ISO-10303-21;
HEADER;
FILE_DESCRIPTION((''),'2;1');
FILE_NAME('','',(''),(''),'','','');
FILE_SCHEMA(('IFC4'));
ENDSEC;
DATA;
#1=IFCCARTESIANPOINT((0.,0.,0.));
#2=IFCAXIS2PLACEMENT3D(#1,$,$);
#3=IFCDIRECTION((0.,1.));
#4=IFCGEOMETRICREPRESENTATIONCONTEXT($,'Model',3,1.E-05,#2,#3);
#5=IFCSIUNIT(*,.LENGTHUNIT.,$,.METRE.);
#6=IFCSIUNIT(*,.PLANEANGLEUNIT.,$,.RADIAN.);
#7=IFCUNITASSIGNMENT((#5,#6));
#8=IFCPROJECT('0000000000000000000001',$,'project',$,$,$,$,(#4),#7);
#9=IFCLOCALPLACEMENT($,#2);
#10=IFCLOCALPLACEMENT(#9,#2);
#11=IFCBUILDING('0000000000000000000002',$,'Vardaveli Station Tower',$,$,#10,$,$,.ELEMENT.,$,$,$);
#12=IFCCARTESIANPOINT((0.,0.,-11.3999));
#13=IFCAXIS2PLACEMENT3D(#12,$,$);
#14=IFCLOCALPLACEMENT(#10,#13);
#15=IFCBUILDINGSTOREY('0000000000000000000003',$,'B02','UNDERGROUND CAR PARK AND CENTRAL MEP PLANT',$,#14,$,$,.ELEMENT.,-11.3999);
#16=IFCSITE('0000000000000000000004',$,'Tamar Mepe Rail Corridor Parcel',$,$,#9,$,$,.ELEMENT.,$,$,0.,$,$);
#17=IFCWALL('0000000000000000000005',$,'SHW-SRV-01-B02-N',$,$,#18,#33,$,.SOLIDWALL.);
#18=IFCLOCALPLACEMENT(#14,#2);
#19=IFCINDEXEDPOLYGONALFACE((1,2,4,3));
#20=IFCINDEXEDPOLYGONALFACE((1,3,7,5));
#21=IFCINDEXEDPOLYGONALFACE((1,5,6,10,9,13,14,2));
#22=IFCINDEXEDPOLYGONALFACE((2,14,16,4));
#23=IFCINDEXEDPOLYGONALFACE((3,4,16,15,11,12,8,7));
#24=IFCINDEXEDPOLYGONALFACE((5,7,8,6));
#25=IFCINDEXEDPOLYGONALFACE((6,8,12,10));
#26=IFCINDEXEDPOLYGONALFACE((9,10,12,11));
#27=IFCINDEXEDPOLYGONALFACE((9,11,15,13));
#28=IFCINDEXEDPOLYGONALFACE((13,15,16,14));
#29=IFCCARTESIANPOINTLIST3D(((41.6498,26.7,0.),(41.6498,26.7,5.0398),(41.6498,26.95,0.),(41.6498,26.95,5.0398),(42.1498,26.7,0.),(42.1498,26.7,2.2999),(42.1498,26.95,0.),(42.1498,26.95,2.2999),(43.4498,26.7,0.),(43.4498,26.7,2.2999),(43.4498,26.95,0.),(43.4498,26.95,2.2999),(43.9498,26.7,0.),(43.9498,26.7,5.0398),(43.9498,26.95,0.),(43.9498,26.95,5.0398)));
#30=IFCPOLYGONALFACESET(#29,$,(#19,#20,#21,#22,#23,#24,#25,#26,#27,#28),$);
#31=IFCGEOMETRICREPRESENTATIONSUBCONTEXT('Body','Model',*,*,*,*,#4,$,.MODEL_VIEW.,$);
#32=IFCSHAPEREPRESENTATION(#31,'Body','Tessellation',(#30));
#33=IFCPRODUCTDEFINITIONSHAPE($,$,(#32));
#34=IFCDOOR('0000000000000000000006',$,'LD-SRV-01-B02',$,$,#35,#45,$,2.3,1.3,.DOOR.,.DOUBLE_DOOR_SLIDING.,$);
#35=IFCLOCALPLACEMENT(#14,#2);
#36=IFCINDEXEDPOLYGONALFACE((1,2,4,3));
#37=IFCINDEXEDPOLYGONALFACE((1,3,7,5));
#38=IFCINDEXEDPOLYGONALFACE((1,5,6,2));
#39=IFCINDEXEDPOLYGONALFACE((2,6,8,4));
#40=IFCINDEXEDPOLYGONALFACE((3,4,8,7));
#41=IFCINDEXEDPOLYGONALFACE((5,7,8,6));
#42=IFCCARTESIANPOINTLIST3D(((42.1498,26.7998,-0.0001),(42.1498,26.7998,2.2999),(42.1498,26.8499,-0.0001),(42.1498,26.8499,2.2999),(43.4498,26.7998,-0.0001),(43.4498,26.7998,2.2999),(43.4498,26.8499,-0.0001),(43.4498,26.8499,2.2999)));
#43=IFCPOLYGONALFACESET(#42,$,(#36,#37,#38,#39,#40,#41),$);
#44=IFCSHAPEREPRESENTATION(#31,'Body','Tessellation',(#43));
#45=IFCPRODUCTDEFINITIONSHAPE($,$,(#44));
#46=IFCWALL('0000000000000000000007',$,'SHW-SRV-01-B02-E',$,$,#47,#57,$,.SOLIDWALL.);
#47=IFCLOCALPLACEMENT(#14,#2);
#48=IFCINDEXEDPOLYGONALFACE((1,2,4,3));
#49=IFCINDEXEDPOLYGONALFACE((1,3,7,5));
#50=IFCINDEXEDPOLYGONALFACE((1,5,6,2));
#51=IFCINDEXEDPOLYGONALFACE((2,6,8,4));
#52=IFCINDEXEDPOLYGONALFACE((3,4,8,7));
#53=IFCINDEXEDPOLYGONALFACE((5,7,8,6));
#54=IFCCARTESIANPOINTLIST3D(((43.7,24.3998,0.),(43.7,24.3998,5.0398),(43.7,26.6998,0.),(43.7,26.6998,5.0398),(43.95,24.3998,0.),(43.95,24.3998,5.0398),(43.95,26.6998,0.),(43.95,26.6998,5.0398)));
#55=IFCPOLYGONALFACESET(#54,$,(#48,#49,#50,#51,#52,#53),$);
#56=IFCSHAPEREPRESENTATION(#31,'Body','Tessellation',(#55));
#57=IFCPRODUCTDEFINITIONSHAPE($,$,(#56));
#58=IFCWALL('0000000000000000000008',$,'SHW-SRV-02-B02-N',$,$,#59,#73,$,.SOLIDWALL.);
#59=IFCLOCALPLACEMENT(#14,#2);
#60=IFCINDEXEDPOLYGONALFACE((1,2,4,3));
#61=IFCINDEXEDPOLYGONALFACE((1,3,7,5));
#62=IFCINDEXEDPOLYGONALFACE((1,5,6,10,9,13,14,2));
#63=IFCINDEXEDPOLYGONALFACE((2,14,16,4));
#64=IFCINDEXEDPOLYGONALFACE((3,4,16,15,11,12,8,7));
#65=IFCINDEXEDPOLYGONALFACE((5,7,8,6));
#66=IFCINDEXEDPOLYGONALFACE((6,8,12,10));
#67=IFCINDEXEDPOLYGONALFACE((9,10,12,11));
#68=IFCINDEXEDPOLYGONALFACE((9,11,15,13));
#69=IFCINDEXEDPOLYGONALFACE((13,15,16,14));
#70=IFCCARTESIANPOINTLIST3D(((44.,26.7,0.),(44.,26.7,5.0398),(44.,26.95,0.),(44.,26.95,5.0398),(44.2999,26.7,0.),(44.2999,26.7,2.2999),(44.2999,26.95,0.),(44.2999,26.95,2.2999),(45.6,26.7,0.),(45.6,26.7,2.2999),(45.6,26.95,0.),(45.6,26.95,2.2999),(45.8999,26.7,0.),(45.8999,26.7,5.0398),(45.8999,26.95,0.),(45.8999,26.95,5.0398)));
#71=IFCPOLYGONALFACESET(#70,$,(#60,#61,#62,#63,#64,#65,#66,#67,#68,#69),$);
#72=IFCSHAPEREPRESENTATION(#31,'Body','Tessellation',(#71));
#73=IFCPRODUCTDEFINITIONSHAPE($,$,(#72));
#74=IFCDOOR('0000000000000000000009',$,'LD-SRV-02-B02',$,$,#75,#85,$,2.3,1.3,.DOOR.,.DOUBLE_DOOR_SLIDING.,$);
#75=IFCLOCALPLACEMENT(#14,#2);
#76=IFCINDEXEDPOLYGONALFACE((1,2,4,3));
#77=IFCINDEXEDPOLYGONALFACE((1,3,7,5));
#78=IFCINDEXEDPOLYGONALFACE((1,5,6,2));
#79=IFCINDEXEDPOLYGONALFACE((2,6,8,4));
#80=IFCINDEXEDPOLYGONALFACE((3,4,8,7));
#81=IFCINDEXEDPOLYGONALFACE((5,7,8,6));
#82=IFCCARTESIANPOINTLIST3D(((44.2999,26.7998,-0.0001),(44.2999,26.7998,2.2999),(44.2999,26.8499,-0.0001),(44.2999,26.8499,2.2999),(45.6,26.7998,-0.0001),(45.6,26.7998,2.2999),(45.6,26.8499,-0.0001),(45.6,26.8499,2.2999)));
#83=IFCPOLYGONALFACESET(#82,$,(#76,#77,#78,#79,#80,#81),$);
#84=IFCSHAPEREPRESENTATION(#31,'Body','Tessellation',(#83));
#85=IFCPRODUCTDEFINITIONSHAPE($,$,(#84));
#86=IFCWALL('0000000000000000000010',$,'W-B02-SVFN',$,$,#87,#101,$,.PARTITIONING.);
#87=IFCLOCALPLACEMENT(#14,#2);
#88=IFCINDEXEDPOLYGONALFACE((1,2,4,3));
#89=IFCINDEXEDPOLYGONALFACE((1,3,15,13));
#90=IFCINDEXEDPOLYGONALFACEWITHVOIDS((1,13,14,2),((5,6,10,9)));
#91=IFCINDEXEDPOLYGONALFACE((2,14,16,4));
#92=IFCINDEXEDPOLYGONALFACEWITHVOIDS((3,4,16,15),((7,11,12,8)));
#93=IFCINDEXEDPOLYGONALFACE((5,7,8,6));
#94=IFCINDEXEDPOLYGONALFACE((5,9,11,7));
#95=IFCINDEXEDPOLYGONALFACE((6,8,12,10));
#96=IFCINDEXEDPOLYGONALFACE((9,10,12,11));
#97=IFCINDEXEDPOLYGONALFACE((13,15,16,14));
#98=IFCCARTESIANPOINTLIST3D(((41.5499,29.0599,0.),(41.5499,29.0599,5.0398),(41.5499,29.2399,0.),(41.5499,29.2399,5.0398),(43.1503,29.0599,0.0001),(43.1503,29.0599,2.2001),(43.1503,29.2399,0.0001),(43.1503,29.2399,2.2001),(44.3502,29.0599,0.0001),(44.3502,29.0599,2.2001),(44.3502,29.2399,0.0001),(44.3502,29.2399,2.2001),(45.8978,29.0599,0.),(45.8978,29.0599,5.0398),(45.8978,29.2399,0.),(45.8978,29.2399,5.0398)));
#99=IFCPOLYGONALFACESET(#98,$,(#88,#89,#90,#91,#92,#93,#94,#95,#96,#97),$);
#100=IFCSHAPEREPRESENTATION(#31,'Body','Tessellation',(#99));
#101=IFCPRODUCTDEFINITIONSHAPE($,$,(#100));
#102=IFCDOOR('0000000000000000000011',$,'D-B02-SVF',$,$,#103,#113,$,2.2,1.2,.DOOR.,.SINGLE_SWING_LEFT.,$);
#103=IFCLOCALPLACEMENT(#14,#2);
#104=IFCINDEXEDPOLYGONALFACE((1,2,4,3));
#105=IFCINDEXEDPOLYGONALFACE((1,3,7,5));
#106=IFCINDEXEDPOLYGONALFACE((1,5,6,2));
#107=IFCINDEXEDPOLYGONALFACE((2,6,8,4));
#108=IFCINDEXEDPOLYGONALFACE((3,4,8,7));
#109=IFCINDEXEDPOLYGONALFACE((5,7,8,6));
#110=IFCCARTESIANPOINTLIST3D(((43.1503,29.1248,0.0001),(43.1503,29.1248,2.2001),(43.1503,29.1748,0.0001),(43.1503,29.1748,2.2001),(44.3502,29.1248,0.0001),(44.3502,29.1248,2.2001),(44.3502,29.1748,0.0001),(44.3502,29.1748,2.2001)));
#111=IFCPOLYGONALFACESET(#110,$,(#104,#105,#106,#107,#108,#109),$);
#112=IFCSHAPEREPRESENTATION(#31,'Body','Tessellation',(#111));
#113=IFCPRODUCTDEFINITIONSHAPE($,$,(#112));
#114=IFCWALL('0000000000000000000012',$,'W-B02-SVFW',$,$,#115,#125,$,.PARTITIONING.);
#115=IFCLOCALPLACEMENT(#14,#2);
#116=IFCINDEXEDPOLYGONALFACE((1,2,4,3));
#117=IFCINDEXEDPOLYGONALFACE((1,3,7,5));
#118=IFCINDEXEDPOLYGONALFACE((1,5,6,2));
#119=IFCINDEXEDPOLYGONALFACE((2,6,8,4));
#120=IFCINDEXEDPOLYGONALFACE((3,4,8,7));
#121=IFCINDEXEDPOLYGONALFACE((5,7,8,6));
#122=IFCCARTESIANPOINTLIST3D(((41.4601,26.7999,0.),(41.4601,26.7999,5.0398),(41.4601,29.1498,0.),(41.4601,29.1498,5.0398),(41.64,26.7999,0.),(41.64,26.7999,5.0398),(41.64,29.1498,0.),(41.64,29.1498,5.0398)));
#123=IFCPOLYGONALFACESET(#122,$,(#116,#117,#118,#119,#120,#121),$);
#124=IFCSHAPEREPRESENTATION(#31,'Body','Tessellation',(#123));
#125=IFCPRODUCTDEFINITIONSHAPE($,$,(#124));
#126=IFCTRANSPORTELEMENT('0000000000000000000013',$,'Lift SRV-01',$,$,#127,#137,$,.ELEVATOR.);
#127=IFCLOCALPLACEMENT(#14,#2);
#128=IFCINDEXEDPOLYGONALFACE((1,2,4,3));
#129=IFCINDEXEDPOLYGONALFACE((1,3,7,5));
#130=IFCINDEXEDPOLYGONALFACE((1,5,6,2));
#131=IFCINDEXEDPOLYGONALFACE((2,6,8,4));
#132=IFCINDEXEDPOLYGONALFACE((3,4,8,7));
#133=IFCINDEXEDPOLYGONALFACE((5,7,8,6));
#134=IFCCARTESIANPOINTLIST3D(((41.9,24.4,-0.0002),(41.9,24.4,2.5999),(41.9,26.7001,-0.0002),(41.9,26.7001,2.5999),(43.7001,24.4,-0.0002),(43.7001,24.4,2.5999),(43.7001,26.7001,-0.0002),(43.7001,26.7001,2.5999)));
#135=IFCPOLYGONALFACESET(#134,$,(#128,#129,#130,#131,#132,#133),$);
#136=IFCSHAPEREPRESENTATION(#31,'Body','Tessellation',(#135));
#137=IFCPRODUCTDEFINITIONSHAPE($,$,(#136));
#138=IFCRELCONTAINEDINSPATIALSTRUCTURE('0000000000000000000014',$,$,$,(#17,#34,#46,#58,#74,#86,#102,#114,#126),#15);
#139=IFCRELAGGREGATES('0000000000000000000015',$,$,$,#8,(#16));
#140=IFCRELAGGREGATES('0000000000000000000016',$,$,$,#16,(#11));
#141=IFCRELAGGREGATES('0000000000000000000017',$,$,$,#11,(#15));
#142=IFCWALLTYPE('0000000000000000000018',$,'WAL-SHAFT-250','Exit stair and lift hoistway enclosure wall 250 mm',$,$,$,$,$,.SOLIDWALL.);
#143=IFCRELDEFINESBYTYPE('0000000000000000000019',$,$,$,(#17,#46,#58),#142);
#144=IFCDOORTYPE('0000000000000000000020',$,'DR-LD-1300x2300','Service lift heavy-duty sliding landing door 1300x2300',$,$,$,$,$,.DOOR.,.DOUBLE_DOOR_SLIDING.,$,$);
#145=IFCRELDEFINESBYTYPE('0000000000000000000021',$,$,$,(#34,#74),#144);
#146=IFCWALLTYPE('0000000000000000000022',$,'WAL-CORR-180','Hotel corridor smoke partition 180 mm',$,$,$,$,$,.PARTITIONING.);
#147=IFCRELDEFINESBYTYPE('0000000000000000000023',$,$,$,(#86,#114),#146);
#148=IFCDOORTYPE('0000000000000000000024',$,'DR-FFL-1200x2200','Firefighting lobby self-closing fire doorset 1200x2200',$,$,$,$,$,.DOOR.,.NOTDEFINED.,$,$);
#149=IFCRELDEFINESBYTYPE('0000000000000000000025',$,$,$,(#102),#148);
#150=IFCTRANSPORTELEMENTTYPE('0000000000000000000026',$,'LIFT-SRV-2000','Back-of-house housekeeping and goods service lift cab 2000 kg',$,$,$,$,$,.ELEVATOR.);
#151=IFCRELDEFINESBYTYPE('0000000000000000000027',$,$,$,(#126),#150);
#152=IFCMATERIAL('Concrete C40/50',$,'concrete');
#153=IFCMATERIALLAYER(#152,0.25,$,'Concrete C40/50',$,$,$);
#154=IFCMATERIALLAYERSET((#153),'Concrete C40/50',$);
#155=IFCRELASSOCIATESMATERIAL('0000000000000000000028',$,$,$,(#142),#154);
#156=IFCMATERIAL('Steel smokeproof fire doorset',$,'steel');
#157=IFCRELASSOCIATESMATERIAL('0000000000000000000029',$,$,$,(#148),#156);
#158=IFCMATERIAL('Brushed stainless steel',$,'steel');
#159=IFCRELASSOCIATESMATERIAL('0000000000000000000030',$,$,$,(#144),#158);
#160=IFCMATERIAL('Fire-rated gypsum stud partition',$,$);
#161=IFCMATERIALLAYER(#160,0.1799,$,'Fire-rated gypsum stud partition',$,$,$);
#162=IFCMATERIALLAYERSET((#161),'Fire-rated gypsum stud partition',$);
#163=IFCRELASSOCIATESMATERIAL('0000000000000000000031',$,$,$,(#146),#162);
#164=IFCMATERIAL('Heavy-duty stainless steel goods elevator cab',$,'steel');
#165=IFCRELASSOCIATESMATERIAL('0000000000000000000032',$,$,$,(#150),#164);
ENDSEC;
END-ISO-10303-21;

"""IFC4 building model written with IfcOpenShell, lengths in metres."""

from ifc_helpers import new_model, si_unit, direction, frame, frame_2d, origin, origin_2d, place, context, subcontext, project, spatial, rectangle, extrude, source, transform, mapped, material, layer, layer_set, type_object, element, fill, save


model = new_model("IFC4")

# Units and contexts
model_context = context("Model", 3, precision=1e-05, world=origin(), true_north=direction((0.0, 1.0)))
body_context = subcontext(model_context, "Body", "Model", "MODEL_VIEW")
ifc_project = project(units=[si_unit("LENGTHUNIT", "METRE"), si_unit("PLANEANGLEUNIT", "RADIAN")], contexts=[model_context])

# Site, building, storey
site_placement = place(None, origin())
site = spatial("IfcSite", under=ifc_project, at=site_placement, Name="Tamar Mepe Rail Corridor Parcel", CompositionType="ELEMENT", RefElevation=0.0)
building_placement = place(site_placement, origin())
building = spatial("IfcBuilding", under=site, at=building_placement, Name="Vardaveli Station Tower", CompositionType="ELEMENT")
storey_placement = place(building_placement, frame((0.0, 0.0, -11.3999)))
storey = spatial("IfcBuildingStorey", under=building, at=storey_placement, Name="B02", Description="UNDERGROUND CAR PARK AND CENTRAL MEP PLANT", CompositionType="ELEMENT", Elevation=-11.3999)

# Shared definitions
ifc_material_1 = material(Name="Concrete C40/50", Category="concrete")

# Shared definitions
ifc_layer_1 = layer(ifc_material_1, 0.25, Name="Concrete C40/50")
ifc_layer_set_1 = layer_set([ifc_layer_1], Name="Concrete C40/50")
wall_type_1 = type_object("IfcWallType", Name="WAL-SHAFT-250", Description="Exit stair and lift hoistway enclosure wall 250 mm", PredefinedType="SOLIDWALL", material=ifc_layer_set_1)

# Wall, opening, door
ifc_material_2 = material(Name="Steel smokeproof fire doorset", Category="steel")
door_type_1 = type_object("IfcDoorType", Name="DR-FFL-1200x2200", Description="Firefighting lobby self-closing fire doorset 1200x2200", OperationType="NOTDEFINED", PredefinedType="DOOR", material=ifc_material_2)
shared_shape_1 = source(origin(), body_context, "Body", "SweptSolid", [
    extrude(rectangle(XDim=1.2, YDim=2.2, at=frame_2d((0.6001, 1.1001))), frame((0.0, 0.0249, 0.0), z_axis=(0.0, -1.0, 0.0), x_axis=(1.0, 0.0, 0.0)), (0.0, 0.0, 1.0), 0.05),
])
shared_shape_2 = source(origin(), body_context, "Body", "SweptSolid", [
    extrude(rectangle(XDim=2.3, YDim=0.25, at=frame_2d((1.1499, 0.0))), origin(), (0.0, 0.0, 1.0), 5.0398),
])
wall_1_placement = place(storey_placement, frame((41.6499, 26.825, 0.0), z_axis=(0.0, 0.0, 1.0), x_axis=(1.0, 0.0, 0.0)))
wall_1 = element("IfcWall", 1, at=wall_1_placement, inside=storey, type_object=wall_type_1, Name="SHW-SRV-01-B02-N", PredefinedType="SOLIDWALL", context=body_context, shape_type="MappedRepresentation", body=[
    mapped(shared_shape_2, transform((0.0, 0.0, 0.0), scale=1.0)),
])
shared_shape_3 = source(origin(), body_context, "Body", "SweptSolid", [
    extrude(rectangle(XDim=1.3, YDim=2.3, at=frame_2d((0.6499, 1.1499))), frame((0.0, 0.135, 0.0), z_axis=(0.0, -1.0, 0.0), x_axis=(1.0, 0.0, 0.0)), (0.0, 0.0, 1.0), 0.27),
])
opening_1_placement = place(wall_1_placement, frame((0.5, 0.0, 0.0)))
opening_1 = element("IfcOpeningElement", 2, at=opening_1_placement, cuts=wall_1, PredefinedType="OPENING", context=body_context, shape_type="MappedRepresentation", body=[
    mapped(shared_shape_3, transform((0.0, 0.0, 0.0), scale=1.0)),
])
ifc_material_3 = material(Name="Brushed stainless steel", Category="steel")
door_type_2 = type_object("IfcDoorType", Name="DR-LD-1300x2300", Description="Service lift heavy-duty sliding landing door 1300x2300", OperationType="DOUBLE_DOOR_SLIDING", PredefinedType="DOOR", material=ifc_material_3)
shared_shape_4 = source(origin(), body_context, "Body", "SweptSolid", [
    extrude(rectangle(XDim=1.3, YDim=2.3, at=frame_2d((0.6499, 1.1499))), frame((0.0, 0.0249, 0.0), z_axis=(0.0, -1.0, 0.0), x_axis=(1.0, 0.0, 0.0)), (0.0, 0.0, 1.0), 0.05),
])
door_1_placement = place(opening_1_placement, origin())
door_1 = element("IfcDoor", 3, at=door_1_placement, inside=storey, type_object=door_type_2, Name="LD-SRV-01-B02", OperationType="DOUBLE_DOOR_SLIDING", OverallHeight=2.3, OverallWidth=1.3, PredefinedType="DOOR", context=body_context, shape_type="MappedRepresentation", body=[
    mapped(shared_shape_4, transform((0.0, 0.0, 0.0), scale=1.0)),
])
fill(opening_1, door_1)

# Wall
wall_2_placement = place(storey_placement, frame((43.825, 24.3999, 0.0), z_axis=(0.0, 0.0, 1.0), x_axis=(0.0, 1.0, 0.0)))
element("IfcWall", 4, at=wall_2_placement, inside=storey, type_object=wall_type_1, Name="SHW-SRV-01-B02-E", PredefinedType="SOLIDWALL", context=body_context, shape_type="MappedRepresentation", body=[
    mapped(shared_shape_2, transform((0.0, 0.0, 0.0), scale=1.0)),
])

# Walls, openings, doors
shared_shape_5 = source(origin(), body_context, "Body", "SweptSolid", [
    extrude(rectangle(XDim=1.8999, YDim=0.25, at=frame_2d((0.95, 0.0))), origin(), (0.0, 0.0, 1.0), 5.0398),
])
wall_3_placement = place(storey_placement, frame((44.0, 26.825, 0.0), z_axis=(0.0, 0.0, 1.0), x_axis=(1.0, 0.0, 0.0)))
wall_3 = element("IfcWall", 5, at=wall_3_placement, inside=storey, type_object=wall_type_1, Name="SHW-SRV-02-B02-N", PredefinedType="SOLIDWALL", context=body_context, shape_type="MappedRepresentation", body=[
    mapped(shared_shape_5, transform((0.0, 0.0, 0.0), scale=1.0)),
])
opening_2_placement = place(wall_3_placement, frame((0.3, 0.0, 0.0)))
opening_2 = element("IfcOpeningElement", 6, at=opening_2_placement, cuts=wall_3, PredefinedType="OPENING", context=body_context, shape_type="MappedRepresentation", body=[
    mapped(shared_shape_3, transform((0.0, 0.0, 0.0), scale=1.0)),
])
door_2_placement = place(opening_2_placement, origin())
door_2 = element("IfcDoor", 7, at=door_2_placement, inside=storey, type_object=door_type_2, Name="LD-SRV-02-B02", OperationType="DOUBLE_DOOR_SLIDING", OverallHeight=2.3, OverallWidth=1.3, PredefinedType="DOOR", context=body_context, shape_type="MappedRepresentation", body=[
    mapped(shared_shape_4, transform((0.0, 0.0, 0.0), scale=1.0)),
])
fill(opening_2, door_2)
ifc_material_4 = material(Name="Fire-rated gypsum stud partition")
ifc_layer_2 = layer(ifc_material_4, 0.1799, Name="Fire-rated gypsum stud partition")
ifc_layer_set_2 = layer_set([ifc_layer_2], Name="Fire-rated gypsum stud partition")
wall_type_2 = type_object("IfcWallType", Name="WAL-CORR-180", Description="Hotel corridor smoke partition 180 mm", PredefinedType="PARTITIONING", material=ifc_layer_set_2)
shared_shape_6 = source(origin(), body_context, "Body", "SweptSolid", [
    extrude(rectangle(XDim=4.3479, YDim=0.1799, at=frame_2d((2.1738, 0.0))), origin(), (0.0, 0.0, 1.0), 5.0398),
])
wall_4_placement = place(storey_placement, frame((41.55, 29.1499, 0.0), z_axis=(0.0, 0.0, 1.0), x_axis=(1.0, 0.0, 0.0)))
wall_4 = element("IfcWall", 8, at=wall_4_placement, inside=storey, type_object=wall_type_2, Name="W-B02-SVFN", PredefinedType="PARTITIONING", context=body_context, shape_type="MappedRepresentation", body=[
    mapped(shared_shape_6, transform((0.0, 0.0, 0.0), scale=1.0)),
])
shared_shape_7 = source(origin(), body_context, "Body", "SweptSolid", [
    extrude(rectangle(XDim=1.2, YDim=2.2, at=frame_2d((0.6001, 1.1001))), frame((0.0, 0.1001, 0.0), z_axis=(0.0, -1.0, 0.0), x_axis=(1.0, 0.0, 0.0)), (0.0, 0.0, 1.0), 0.2),
])
opening_3_placement = place(wall_4_placement, frame((1.6001, 0.0, 0.0)))
opening_3 = element("IfcOpeningElement", 9, at=opening_3_placement, cuts=wall_4, PredefinedType="OPENING", context=body_context, shape_type="MappedRepresentation", body=[
    mapped(shared_shape_7, transform((0.0, 0.0, 0.0), scale=1.0)),
])
door_3_placement = place(opening_3_placement, origin())
door_3 = element("IfcDoor", 10, at=door_3_placement, inside=storey, type_object=door_type_1, Name="D-B02-SVF", OperationType="SINGLE_SWING_LEFT", OverallHeight=2.2, OverallWidth=1.2, PredefinedType="DOOR", context=body_context, shape_type="MappedRepresentation", body=[
    mapped(shared_shape_1, transform((0.0, 0.0, 0.0), scale=1.0)),
])
fill(opening_3, door_3)

# Wall
shared_shape_8 = source(origin(), body_context, "Body", "SweptSolid", [
    extrude(rectangle(XDim=2.3499, YDim=0.1799, at=frame_2d((1.1748, 0.0))), origin(), (0.0, 0.0, 1.0), 5.0398),
])
wall_5_placement = place(storey_placement, frame((41.55, 26.8, 0.0), z_axis=(0.0, 0.0, 1.0), x_axis=(0.0, 1.0, 0.0)))
element("IfcWall", 11, at=wall_5_placement, inside=storey, type_object=wall_type_2, Name="W-B02-SVFW", PredefinedType="PARTITIONING", context=body_context, shape_type="MappedRepresentation", body=[
    mapped(shared_shape_8, transform((0.0, 0.0, 0.0), scale=1.0)),
])

# Transport element
ifc_material_5 = material(Name="Heavy-duty stainless steel goods elevator cab", Category="steel")
transport_element_type = type_object("IfcTransportElementType", Name="LIFT-SRV-2000", Description="Back-of-house housekeeping and goods service lift cab 2000 kg", PredefinedType="ELEVATOR", material=ifc_material_5)
shared_shape_9 = source(origin(), body_context, "Body", "SweptSolid", [
    extrude(rectangle(XDim=1.8, YDim=2.3, at=origin_2d()), origin(), (0.0, 0.0, 1.0), 2.6001),
])
transport_element_placement = place(storey_placement, frame((42.8, 25.55, -0.0002), z_axis=(0.0, 0.0, 1.0), x_axis=(1.0, 0.0, 0.0)))
element("IfcTransportElement", 12, at=transport_element_placement, inside=storey, type_object=transport_element_type, Name="Lift SRV-01", PredefinedType="ELEVATOR", context=body_context, shape_type="MappedRepresentation", body=[
    mapped(shared_shape_9, transform((0.0, 0.0, 0.0), scale=1.0)),
])

save(model, "model.ifc")
